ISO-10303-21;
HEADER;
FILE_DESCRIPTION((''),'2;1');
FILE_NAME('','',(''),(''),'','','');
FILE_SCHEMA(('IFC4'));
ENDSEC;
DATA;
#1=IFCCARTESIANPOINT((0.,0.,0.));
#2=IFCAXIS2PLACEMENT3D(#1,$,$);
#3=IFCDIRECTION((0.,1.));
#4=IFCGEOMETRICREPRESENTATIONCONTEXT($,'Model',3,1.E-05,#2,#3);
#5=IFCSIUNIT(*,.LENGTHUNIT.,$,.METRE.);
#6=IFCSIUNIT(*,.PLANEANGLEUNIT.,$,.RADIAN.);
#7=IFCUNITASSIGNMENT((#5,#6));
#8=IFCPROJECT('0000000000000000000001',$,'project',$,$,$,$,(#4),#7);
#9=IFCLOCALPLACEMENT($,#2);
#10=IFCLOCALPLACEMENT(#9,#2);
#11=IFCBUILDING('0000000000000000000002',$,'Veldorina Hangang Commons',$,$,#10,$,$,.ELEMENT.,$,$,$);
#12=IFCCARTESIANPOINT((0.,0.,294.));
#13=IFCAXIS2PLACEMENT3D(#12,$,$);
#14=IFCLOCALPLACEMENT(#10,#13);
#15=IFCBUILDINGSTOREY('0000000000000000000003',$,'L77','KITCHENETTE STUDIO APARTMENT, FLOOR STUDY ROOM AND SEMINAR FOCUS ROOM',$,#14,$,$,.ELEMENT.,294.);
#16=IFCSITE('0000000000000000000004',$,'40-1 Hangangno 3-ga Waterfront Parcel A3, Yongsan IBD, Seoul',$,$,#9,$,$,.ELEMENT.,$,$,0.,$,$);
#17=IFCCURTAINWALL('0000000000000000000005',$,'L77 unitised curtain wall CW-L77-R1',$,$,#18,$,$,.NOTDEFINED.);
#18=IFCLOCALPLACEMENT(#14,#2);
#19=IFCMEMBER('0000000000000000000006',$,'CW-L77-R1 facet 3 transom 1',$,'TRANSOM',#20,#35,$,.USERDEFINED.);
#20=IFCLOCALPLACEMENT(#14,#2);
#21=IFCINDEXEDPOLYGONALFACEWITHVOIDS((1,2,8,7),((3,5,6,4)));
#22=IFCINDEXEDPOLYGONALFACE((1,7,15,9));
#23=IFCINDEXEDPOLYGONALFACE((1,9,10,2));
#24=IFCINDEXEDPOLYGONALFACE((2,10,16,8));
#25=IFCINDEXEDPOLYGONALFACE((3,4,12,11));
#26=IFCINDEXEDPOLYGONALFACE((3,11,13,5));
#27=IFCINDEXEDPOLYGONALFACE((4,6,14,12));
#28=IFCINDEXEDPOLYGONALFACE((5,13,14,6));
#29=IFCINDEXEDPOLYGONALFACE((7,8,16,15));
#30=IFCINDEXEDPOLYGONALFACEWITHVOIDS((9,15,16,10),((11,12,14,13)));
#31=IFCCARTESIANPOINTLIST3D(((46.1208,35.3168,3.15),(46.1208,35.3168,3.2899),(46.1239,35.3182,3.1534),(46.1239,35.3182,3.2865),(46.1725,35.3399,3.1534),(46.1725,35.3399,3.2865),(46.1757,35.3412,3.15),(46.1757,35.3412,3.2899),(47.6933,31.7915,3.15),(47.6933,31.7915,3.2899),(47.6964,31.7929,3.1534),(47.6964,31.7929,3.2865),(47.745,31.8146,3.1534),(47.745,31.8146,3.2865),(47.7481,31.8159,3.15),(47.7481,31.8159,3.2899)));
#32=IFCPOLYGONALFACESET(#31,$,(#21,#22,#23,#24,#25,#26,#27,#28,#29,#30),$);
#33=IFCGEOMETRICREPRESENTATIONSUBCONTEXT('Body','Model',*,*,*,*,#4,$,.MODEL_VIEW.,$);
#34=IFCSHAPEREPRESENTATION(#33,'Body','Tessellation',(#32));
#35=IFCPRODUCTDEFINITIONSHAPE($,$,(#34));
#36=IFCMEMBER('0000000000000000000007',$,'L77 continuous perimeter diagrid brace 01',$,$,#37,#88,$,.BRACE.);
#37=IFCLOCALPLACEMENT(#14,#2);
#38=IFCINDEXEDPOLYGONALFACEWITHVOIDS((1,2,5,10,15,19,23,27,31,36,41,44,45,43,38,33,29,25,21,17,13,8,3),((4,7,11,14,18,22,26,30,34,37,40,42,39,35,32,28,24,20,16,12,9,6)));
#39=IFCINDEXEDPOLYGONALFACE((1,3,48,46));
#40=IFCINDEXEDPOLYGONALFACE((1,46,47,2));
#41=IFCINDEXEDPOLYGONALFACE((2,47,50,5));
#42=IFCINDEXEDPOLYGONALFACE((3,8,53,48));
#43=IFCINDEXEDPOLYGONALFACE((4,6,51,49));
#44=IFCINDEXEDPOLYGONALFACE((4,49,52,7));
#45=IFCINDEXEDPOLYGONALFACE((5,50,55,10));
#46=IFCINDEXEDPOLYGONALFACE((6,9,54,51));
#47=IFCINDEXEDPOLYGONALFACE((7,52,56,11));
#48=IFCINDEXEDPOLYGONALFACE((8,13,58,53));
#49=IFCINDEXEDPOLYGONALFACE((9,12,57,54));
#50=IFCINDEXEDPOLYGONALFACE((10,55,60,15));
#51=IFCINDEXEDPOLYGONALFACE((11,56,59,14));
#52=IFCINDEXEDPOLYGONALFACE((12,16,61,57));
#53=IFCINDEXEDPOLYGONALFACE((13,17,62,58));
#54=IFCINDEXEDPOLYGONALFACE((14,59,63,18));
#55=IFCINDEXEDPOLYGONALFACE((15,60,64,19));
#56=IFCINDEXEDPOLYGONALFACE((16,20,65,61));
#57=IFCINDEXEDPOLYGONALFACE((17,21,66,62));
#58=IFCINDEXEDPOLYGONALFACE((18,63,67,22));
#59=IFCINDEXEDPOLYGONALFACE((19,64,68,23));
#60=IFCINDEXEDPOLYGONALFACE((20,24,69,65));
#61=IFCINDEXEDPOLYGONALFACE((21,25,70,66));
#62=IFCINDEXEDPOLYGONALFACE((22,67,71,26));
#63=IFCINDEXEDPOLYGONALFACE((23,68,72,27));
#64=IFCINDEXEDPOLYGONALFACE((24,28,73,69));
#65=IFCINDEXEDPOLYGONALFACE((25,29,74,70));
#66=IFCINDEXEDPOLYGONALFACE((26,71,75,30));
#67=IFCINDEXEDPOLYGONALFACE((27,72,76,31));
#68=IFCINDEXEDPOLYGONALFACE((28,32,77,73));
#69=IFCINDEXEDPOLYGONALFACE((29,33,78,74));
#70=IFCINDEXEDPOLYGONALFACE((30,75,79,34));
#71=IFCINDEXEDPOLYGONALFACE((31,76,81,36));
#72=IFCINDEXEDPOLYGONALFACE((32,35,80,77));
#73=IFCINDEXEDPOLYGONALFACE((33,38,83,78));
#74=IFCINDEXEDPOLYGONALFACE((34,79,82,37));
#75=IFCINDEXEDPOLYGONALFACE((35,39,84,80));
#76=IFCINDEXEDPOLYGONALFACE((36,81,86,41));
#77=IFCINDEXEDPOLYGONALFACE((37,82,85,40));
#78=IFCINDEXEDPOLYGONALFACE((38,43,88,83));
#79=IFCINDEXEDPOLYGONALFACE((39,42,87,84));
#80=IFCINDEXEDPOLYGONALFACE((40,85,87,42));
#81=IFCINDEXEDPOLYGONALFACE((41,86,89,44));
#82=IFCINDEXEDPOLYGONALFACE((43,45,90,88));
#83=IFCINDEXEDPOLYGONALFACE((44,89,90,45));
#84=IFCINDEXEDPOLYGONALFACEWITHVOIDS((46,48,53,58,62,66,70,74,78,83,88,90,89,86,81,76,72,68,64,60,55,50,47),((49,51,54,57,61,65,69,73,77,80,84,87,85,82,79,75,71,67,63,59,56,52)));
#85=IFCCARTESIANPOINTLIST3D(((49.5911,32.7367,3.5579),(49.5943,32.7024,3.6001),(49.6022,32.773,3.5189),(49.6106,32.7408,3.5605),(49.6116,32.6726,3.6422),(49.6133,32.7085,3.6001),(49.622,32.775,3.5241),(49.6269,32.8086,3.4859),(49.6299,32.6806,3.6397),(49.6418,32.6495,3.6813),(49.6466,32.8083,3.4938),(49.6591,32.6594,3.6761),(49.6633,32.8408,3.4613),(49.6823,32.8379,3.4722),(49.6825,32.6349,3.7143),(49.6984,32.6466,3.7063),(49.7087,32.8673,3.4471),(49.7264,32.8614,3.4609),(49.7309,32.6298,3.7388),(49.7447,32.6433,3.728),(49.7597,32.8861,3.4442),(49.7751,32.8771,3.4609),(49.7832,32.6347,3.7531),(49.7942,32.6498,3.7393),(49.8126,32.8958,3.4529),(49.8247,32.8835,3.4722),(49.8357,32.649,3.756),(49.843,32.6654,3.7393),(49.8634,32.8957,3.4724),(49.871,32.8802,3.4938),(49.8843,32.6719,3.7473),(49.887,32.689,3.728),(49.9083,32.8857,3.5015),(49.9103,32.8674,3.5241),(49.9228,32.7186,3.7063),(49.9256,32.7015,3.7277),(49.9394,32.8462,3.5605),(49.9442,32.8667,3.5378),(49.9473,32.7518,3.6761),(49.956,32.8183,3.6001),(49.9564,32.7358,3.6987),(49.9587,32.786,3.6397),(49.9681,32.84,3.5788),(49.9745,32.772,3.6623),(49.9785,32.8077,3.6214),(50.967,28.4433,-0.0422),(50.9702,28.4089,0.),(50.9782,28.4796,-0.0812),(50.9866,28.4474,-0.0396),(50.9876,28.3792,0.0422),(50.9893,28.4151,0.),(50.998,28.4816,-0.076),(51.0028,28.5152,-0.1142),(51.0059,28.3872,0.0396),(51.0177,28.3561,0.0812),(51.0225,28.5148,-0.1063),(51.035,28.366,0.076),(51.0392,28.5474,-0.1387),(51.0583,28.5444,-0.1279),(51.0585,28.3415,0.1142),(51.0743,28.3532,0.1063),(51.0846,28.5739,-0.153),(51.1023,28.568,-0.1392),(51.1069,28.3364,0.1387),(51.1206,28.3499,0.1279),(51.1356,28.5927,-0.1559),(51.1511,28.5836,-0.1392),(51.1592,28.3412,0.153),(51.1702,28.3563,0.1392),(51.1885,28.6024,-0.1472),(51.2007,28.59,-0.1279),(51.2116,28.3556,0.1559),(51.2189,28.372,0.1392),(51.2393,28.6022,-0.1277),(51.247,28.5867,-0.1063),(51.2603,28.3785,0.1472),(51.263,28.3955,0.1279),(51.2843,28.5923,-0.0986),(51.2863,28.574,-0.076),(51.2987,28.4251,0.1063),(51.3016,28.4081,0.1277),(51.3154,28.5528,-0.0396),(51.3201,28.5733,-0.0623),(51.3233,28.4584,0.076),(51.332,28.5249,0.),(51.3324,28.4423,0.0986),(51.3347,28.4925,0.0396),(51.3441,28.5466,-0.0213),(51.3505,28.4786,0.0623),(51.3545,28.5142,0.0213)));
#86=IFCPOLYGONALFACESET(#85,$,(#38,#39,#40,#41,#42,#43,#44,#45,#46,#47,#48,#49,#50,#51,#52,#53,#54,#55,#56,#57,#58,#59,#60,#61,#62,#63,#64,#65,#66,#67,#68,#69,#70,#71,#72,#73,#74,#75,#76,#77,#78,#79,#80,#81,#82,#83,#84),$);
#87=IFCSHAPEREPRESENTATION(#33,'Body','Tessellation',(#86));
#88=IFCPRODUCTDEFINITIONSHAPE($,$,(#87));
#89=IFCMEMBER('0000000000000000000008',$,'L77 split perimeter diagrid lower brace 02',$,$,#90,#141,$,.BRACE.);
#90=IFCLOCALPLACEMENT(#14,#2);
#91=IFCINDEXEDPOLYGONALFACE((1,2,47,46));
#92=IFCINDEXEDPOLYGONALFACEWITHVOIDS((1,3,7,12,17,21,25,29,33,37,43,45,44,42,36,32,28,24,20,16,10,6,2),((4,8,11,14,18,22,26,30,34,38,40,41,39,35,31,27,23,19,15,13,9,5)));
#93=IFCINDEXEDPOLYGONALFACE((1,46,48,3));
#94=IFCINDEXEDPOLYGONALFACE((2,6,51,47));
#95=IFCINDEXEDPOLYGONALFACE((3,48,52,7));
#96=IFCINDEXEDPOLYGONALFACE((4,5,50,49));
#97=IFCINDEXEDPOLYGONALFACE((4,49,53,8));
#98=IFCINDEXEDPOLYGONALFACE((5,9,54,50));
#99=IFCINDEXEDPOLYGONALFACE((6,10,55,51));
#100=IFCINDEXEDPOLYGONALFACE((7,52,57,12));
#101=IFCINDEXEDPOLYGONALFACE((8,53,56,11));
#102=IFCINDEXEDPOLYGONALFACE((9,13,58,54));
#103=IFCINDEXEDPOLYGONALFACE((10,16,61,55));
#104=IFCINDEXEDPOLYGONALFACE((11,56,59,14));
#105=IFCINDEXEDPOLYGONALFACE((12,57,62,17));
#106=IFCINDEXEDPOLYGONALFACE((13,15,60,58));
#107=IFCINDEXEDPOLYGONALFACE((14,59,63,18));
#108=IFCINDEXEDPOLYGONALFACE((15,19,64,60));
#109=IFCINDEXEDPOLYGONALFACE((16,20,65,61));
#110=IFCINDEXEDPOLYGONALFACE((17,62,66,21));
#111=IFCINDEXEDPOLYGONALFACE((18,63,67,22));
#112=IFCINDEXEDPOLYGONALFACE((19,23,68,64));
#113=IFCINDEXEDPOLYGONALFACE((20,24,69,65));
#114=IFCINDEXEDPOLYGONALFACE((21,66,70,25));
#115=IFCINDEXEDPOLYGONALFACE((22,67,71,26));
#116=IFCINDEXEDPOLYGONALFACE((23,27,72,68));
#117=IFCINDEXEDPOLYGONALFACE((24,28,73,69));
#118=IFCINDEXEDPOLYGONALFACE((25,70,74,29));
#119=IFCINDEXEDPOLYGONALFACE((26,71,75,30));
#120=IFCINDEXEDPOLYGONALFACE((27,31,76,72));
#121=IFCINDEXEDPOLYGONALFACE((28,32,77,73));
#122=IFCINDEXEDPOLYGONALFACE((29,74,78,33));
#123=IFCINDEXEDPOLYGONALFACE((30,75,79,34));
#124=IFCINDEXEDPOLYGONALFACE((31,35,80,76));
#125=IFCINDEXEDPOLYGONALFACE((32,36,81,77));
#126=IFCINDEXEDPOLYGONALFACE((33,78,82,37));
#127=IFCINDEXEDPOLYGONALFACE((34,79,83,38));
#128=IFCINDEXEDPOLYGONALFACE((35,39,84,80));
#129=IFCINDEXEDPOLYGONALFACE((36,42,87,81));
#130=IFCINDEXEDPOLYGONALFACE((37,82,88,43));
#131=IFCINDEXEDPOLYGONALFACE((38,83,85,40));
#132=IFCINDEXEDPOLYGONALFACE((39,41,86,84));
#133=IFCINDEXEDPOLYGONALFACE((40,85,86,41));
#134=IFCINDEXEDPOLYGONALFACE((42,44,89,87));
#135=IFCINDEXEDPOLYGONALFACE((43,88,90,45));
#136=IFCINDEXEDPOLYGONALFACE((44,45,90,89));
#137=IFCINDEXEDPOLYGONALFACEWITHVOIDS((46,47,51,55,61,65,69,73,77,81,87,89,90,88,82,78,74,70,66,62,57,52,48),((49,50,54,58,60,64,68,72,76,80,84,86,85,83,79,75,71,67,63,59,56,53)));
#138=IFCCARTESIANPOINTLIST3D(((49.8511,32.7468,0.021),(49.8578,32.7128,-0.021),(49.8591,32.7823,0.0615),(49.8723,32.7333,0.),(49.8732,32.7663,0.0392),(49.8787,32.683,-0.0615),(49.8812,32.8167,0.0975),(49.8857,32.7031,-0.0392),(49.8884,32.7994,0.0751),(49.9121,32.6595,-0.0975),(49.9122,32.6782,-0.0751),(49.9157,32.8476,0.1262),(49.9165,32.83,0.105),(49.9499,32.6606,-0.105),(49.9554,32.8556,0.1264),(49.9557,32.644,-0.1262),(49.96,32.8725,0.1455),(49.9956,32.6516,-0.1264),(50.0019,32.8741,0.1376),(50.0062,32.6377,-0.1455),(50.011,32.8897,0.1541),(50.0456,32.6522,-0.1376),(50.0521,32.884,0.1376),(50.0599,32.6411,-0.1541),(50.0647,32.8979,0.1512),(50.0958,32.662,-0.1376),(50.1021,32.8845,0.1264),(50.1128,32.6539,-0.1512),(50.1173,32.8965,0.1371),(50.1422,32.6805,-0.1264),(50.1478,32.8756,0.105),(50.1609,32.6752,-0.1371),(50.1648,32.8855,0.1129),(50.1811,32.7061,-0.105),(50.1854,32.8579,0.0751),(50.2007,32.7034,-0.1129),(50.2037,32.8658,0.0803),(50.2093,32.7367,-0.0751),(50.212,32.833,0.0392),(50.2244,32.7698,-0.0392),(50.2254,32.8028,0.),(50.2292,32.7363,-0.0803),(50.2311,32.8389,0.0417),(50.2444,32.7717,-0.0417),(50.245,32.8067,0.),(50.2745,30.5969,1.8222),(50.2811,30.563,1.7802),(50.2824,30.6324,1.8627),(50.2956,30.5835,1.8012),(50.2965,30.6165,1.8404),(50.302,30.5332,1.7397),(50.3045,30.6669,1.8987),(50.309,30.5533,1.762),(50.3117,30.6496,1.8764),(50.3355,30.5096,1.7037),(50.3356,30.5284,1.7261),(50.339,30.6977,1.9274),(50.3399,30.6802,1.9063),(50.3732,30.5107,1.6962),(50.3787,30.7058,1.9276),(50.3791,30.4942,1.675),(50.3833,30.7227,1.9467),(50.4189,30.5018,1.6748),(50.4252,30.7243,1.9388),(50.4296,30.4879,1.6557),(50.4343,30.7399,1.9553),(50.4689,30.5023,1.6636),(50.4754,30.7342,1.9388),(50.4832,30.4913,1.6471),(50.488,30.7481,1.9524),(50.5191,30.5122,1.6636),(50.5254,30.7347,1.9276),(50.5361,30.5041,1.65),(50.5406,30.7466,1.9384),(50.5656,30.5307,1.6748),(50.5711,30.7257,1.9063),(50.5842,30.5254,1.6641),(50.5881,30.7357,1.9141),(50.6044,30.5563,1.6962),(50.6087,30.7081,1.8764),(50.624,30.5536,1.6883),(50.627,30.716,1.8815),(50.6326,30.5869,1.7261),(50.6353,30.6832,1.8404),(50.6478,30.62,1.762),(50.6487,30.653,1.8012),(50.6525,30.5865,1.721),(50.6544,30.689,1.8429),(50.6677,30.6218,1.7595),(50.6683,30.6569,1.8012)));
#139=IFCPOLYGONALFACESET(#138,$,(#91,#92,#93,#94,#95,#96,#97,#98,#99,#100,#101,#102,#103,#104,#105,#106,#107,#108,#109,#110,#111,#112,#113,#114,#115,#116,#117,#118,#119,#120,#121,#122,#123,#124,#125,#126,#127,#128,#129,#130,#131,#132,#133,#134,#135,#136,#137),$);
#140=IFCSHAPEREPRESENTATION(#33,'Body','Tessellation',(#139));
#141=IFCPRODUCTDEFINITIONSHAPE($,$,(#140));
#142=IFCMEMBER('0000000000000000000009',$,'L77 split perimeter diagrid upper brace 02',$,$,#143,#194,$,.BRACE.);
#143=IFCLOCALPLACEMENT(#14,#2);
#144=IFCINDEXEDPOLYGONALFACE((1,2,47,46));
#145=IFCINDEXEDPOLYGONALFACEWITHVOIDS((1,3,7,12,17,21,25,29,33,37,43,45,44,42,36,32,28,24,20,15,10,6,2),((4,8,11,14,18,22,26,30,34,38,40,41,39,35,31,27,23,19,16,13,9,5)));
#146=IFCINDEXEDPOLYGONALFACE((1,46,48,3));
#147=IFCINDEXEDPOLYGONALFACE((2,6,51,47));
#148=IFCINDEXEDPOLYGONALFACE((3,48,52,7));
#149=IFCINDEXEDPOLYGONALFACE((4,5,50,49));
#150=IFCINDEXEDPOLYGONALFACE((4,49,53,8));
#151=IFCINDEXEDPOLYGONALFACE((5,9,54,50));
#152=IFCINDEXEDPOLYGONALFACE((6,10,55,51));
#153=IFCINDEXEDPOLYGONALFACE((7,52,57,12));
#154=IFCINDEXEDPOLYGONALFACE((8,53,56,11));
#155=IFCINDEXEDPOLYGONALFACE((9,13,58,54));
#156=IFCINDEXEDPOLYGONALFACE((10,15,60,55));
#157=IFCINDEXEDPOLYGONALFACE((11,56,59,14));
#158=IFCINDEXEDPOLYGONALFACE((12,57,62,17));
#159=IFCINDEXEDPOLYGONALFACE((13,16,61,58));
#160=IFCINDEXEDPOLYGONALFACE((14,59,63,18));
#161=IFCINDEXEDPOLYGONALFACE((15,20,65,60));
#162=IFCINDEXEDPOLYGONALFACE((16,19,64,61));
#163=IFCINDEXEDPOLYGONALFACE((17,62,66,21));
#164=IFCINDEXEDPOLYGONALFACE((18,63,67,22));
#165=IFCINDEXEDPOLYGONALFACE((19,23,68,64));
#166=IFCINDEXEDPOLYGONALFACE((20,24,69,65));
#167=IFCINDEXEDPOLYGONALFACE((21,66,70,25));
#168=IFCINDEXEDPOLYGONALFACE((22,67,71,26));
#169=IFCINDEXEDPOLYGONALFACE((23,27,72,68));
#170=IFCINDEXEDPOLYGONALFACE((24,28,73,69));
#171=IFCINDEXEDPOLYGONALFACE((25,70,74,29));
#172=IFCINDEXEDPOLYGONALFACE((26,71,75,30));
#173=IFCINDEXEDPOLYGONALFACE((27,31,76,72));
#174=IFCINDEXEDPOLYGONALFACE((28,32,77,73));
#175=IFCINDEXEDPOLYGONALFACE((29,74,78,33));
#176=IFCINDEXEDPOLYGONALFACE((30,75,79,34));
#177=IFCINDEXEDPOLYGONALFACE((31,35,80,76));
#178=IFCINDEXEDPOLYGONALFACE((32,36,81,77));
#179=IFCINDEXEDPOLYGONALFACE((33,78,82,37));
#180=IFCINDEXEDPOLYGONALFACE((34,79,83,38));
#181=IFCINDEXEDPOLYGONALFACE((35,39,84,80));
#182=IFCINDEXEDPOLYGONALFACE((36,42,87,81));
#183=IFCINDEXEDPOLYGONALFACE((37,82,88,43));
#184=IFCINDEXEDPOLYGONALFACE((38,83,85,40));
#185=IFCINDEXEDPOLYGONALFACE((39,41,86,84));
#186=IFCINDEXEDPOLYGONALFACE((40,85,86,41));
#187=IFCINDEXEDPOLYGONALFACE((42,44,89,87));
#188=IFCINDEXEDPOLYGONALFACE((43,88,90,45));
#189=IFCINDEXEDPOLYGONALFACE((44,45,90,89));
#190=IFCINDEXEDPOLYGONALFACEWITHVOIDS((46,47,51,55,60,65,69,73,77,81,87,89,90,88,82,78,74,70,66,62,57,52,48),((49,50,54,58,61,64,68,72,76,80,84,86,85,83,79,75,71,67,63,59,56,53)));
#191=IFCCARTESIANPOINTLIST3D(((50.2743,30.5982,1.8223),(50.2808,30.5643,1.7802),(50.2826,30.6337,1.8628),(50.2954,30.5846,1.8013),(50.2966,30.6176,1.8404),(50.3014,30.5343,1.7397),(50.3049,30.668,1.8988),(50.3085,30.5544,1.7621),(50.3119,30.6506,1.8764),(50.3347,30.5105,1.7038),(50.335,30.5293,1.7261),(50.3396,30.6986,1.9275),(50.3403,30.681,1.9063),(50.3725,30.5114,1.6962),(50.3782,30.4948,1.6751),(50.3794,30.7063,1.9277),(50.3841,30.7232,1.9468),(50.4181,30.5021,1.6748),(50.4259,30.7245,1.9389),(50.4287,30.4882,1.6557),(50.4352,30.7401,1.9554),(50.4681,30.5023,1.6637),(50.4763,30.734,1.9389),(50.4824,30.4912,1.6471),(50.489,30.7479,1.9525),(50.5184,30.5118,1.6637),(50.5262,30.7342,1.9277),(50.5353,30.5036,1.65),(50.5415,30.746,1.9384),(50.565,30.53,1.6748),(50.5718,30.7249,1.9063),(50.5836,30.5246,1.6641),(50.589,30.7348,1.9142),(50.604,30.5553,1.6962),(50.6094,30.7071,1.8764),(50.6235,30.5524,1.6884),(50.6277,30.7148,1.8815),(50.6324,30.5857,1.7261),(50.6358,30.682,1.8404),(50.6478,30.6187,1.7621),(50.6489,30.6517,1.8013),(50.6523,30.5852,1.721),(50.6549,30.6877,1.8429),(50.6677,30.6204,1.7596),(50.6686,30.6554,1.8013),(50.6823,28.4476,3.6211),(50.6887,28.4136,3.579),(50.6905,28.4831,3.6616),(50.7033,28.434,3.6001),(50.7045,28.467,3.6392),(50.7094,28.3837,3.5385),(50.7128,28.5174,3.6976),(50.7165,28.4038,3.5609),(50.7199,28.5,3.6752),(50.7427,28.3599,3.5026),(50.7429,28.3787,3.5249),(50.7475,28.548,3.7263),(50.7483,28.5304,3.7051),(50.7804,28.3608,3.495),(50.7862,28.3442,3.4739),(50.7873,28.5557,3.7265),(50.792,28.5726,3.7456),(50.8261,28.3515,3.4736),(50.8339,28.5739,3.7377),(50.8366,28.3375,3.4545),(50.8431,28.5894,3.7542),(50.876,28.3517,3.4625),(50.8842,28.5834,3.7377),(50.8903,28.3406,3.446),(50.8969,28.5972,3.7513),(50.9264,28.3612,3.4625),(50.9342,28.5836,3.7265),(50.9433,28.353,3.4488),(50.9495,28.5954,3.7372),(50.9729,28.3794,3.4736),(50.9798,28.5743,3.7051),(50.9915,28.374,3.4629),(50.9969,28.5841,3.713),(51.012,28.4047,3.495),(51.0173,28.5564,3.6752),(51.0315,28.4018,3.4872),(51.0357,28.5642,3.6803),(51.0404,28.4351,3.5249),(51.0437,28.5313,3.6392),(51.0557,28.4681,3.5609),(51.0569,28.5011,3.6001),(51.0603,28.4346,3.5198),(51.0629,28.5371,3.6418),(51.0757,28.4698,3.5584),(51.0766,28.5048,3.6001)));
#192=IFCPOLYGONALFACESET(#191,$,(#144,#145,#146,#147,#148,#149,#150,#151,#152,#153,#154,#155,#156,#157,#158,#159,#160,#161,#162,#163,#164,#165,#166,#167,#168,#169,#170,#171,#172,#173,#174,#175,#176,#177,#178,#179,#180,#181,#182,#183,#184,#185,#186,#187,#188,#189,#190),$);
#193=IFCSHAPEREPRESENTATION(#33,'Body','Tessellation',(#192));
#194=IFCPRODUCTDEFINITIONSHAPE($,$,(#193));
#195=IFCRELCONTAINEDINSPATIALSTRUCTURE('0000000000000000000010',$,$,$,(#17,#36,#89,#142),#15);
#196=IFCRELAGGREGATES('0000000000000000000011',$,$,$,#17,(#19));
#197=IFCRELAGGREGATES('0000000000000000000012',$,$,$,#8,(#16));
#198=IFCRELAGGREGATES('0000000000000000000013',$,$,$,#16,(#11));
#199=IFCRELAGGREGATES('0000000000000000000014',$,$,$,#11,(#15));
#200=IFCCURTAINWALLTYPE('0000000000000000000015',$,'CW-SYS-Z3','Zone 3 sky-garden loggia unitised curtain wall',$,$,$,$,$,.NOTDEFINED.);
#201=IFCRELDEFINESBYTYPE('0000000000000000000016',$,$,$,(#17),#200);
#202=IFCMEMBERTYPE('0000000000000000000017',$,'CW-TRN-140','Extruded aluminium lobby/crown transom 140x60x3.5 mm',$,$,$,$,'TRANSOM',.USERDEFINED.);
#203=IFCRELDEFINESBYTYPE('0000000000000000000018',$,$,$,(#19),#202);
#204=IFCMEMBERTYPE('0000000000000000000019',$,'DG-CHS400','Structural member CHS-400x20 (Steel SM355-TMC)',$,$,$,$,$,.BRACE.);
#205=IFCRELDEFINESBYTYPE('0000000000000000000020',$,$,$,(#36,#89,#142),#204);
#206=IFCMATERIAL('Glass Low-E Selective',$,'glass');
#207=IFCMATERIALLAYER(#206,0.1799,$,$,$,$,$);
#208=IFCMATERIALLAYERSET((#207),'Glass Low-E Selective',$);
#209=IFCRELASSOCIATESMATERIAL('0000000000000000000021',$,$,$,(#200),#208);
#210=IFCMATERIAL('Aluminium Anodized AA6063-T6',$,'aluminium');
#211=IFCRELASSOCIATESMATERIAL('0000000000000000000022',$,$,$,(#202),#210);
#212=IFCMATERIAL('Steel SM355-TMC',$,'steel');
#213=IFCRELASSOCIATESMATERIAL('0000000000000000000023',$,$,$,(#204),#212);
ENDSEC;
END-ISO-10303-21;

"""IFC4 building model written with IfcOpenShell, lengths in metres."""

from ifc_helpers import new_model, si_unit, direction, frame, origin, origin_2d, place, context, subcontext, project, spatial, hollow_rectangle, hollow_circle, extrude, material, layer, layer_set, material_profile, profile_set, type_object, element, aggregate, save


model = new_model("IFC4")

# Units and contexts
model_context = context("Model", 3, precision=1e-05, world=origin(), true_north=direction((0.0, 1.0)))
body_context = subcontext(model_context, "Body", "Model", "MODEL_VIEW")
ifc_project = project(units=[si_unit("LENGTHUNIT", "METRE"), si_unit("PLANEANGLEUNIT", "RADIAN")], contexts=[model_context])

# Site, building, storey
site_placement = place(None, origin())
site = spatial("IfcSite", under=ifc_project, at=site_placement, Name="40-1 Hangangno 3-ga Waterfront Parcel A3, Yongsan IBD, Seoul", CompositionType="ELEMENT", RefElevation=0.0)
building_placement = place(site_placement, origin())
building = spatial("IfcBuilding", under=site, at=building_placement, Name="Veldorina Hangang Commons", CompositionType="ELEMENT")
storey_placement = place(building_placement, frame((0.0, 0.0, 294.0)))
storey = spatial("IfcBuildingStorey", under=building, at=storey_placement, Name="L77", Description="KITCHENETTE STUDIO APARTMENT, FLOOR STUDY ROOM AND SEMINAR FOCUS ROOM", CompositionType="ELEMENT", Elevation=294.0)

# Shared definitions
ifc_material_1 = material(Name="Steel SM355-TMC", Category="steel")

# Curtain wall, member
ifc_material_2 = material(Name="Glass Low-E Selective", Category="glass")
ifc_layer_1 = layer(ifc_material_2, 0.1799)
ifc_layer_set_1 = layer_set([ifc_layer_1], Name="Glass Low-E Selective")
curtain_wall_type = type_object("IfcCurtainWallType", Name="CW-SYS-Z3", Description="Zone 3 sky-garden loggia unitised curtain wall", PredefinedType="NOTDEFINED", material=ifc_layer_set_1)
curtain_wall_placement = place(storey_placement, origin())
curtain_wall = element("IfcCurtainWall", 1, at=curtain_wall_placement, inside=storey, type_object=curtain_wall_type, Name="L77 unitised curtain wall CW-L77-R1", PredefinedType="NOTDEFINED")
ifc_material_3 = material(Name="Aluminium Anodized AA6063-T6", Category="aluminium")
ifc_material_profile_1 = material_profile(ifc_material_3, hollow_rectangle(XDim=0.0601, YDim=0.1399, WallThickness=0.0034, at=origin_2d()), Name="ALU-RHS-140x60x3.5")
ifc_profile_set_1 = profile_set([ifc_material_profile_1], Name="Aluminium Anodized AA6063-T6")
member_type_1 = type_object("IfcMemberType", Name="CW-TRN-140", Description="Extruded aluminium lobby/crown transom 140x60x3.5 mm", ElementType="TRANSOM", PredefinedType="USERDEFINED", material=ifc_profile_set_1)
member_1_placement = place(storey_placement, frame((47.7207, 31.8037, 3.22), z_axis=(-0.407365, 0.913266, 0.0), x_axis=(-0.913266, -0.407365, 0.0)))
member_1 = element("IfcMember", 2, at=member_1_placement, type_object=member_type_1, Name="CW-L77-R1 facet 3 transom 1", ObjectType="TRANSOM", PredefinedType="USERDEFINED", context=body_context, shape_type="SweptSolid", body=[
    extrude(hollow_rectangle(XDim=0.0601, YDim=0.1399, WallThickness=0.0034, at=origin_2d()), origin(), (0.0, 0.0, 1.0), 3.8601),
])

# Members
ifc_material_profile_2 = material_profile(ifc_material_1, hollow_circle(Radius=0.2, WallThickness=0.02, at=origin_2d()), Name="CHS-400x20")
ifc_profile_set_2 = profile_set([ifc_material_profile_2], Name="Steel SM355-TMC")
member_type_2 = type_object("IfcMemberType", Name="DG-CHS400", Description="Structural member CHS-400x20 (Steel SM355-TMC)", PredefinedType="BRACE", material=ifc_profile_set_2)
member_2_placement = place(storey_placement, frame((51.1606, 28.47, 0.0), z_axis=(-0.238489, 0.744157, 0.623982), x_axis=(-0.952291, -0.305192, 0.0)))
element("IfcMember", 3, at=member_2_placement, inside=storey, type_object=member_type_2, Name="L77 continuous perimeter diagrid brace 01", PredefinedType="BRACE", context=body_context, shape_type="SweptSolid", body=[
    extrude(hollow_circle(Radius=0.2, WallThickness=0.02, at=origin_2d()), origin(), (0.0, 0.0, 1.0), 5.7695),
])
member_3_placement = place(storey_placement, frame((50.0488, 32.7681, 0.0), z_axis=(0.149246, -0.757936, 0.635027), x_axis=(0.981159, 0.193201, 0.0)))
element("IfcMember", 4, at=member_3_placement, inside=storey, type_object=member_type_2, Name="L77 split perimeter diagrid lower brace 02", PredefinedType="BRACE", context=body_context, shape_type="SweptSolid", body=[
    extrude(hollow_circle(Radius=0.2, WallThickness=0.02, at=origin_2d()), origin(), (0.0, 0.0, 1.0), 2.8364),
])
member_4_placement = place(storey_placement, frame((50.4722, 30.6182, 1.8013), z_axis=(0.143989, -0.759063, 0.634894), x_axis=(0.98248, 0.186369, 0.0)))
element("IfcMember", 5, at=member_4_placement, inside=storey, type_object=member_type_2, Name="L77 split perimeter diagrid upper brace 02", PredefinedType="BRACE", context=body_context, shape_type="SweptSolid", body=[
    extrude(hollow_circle(Radius=0.2, WallThickness=0.02, at=origin_2d()), origin(), (0.0, 0.0, 1.0), 2.8333),
])

aggregate(curtain_wall, [member_1])

save(model, "model.ifc")
